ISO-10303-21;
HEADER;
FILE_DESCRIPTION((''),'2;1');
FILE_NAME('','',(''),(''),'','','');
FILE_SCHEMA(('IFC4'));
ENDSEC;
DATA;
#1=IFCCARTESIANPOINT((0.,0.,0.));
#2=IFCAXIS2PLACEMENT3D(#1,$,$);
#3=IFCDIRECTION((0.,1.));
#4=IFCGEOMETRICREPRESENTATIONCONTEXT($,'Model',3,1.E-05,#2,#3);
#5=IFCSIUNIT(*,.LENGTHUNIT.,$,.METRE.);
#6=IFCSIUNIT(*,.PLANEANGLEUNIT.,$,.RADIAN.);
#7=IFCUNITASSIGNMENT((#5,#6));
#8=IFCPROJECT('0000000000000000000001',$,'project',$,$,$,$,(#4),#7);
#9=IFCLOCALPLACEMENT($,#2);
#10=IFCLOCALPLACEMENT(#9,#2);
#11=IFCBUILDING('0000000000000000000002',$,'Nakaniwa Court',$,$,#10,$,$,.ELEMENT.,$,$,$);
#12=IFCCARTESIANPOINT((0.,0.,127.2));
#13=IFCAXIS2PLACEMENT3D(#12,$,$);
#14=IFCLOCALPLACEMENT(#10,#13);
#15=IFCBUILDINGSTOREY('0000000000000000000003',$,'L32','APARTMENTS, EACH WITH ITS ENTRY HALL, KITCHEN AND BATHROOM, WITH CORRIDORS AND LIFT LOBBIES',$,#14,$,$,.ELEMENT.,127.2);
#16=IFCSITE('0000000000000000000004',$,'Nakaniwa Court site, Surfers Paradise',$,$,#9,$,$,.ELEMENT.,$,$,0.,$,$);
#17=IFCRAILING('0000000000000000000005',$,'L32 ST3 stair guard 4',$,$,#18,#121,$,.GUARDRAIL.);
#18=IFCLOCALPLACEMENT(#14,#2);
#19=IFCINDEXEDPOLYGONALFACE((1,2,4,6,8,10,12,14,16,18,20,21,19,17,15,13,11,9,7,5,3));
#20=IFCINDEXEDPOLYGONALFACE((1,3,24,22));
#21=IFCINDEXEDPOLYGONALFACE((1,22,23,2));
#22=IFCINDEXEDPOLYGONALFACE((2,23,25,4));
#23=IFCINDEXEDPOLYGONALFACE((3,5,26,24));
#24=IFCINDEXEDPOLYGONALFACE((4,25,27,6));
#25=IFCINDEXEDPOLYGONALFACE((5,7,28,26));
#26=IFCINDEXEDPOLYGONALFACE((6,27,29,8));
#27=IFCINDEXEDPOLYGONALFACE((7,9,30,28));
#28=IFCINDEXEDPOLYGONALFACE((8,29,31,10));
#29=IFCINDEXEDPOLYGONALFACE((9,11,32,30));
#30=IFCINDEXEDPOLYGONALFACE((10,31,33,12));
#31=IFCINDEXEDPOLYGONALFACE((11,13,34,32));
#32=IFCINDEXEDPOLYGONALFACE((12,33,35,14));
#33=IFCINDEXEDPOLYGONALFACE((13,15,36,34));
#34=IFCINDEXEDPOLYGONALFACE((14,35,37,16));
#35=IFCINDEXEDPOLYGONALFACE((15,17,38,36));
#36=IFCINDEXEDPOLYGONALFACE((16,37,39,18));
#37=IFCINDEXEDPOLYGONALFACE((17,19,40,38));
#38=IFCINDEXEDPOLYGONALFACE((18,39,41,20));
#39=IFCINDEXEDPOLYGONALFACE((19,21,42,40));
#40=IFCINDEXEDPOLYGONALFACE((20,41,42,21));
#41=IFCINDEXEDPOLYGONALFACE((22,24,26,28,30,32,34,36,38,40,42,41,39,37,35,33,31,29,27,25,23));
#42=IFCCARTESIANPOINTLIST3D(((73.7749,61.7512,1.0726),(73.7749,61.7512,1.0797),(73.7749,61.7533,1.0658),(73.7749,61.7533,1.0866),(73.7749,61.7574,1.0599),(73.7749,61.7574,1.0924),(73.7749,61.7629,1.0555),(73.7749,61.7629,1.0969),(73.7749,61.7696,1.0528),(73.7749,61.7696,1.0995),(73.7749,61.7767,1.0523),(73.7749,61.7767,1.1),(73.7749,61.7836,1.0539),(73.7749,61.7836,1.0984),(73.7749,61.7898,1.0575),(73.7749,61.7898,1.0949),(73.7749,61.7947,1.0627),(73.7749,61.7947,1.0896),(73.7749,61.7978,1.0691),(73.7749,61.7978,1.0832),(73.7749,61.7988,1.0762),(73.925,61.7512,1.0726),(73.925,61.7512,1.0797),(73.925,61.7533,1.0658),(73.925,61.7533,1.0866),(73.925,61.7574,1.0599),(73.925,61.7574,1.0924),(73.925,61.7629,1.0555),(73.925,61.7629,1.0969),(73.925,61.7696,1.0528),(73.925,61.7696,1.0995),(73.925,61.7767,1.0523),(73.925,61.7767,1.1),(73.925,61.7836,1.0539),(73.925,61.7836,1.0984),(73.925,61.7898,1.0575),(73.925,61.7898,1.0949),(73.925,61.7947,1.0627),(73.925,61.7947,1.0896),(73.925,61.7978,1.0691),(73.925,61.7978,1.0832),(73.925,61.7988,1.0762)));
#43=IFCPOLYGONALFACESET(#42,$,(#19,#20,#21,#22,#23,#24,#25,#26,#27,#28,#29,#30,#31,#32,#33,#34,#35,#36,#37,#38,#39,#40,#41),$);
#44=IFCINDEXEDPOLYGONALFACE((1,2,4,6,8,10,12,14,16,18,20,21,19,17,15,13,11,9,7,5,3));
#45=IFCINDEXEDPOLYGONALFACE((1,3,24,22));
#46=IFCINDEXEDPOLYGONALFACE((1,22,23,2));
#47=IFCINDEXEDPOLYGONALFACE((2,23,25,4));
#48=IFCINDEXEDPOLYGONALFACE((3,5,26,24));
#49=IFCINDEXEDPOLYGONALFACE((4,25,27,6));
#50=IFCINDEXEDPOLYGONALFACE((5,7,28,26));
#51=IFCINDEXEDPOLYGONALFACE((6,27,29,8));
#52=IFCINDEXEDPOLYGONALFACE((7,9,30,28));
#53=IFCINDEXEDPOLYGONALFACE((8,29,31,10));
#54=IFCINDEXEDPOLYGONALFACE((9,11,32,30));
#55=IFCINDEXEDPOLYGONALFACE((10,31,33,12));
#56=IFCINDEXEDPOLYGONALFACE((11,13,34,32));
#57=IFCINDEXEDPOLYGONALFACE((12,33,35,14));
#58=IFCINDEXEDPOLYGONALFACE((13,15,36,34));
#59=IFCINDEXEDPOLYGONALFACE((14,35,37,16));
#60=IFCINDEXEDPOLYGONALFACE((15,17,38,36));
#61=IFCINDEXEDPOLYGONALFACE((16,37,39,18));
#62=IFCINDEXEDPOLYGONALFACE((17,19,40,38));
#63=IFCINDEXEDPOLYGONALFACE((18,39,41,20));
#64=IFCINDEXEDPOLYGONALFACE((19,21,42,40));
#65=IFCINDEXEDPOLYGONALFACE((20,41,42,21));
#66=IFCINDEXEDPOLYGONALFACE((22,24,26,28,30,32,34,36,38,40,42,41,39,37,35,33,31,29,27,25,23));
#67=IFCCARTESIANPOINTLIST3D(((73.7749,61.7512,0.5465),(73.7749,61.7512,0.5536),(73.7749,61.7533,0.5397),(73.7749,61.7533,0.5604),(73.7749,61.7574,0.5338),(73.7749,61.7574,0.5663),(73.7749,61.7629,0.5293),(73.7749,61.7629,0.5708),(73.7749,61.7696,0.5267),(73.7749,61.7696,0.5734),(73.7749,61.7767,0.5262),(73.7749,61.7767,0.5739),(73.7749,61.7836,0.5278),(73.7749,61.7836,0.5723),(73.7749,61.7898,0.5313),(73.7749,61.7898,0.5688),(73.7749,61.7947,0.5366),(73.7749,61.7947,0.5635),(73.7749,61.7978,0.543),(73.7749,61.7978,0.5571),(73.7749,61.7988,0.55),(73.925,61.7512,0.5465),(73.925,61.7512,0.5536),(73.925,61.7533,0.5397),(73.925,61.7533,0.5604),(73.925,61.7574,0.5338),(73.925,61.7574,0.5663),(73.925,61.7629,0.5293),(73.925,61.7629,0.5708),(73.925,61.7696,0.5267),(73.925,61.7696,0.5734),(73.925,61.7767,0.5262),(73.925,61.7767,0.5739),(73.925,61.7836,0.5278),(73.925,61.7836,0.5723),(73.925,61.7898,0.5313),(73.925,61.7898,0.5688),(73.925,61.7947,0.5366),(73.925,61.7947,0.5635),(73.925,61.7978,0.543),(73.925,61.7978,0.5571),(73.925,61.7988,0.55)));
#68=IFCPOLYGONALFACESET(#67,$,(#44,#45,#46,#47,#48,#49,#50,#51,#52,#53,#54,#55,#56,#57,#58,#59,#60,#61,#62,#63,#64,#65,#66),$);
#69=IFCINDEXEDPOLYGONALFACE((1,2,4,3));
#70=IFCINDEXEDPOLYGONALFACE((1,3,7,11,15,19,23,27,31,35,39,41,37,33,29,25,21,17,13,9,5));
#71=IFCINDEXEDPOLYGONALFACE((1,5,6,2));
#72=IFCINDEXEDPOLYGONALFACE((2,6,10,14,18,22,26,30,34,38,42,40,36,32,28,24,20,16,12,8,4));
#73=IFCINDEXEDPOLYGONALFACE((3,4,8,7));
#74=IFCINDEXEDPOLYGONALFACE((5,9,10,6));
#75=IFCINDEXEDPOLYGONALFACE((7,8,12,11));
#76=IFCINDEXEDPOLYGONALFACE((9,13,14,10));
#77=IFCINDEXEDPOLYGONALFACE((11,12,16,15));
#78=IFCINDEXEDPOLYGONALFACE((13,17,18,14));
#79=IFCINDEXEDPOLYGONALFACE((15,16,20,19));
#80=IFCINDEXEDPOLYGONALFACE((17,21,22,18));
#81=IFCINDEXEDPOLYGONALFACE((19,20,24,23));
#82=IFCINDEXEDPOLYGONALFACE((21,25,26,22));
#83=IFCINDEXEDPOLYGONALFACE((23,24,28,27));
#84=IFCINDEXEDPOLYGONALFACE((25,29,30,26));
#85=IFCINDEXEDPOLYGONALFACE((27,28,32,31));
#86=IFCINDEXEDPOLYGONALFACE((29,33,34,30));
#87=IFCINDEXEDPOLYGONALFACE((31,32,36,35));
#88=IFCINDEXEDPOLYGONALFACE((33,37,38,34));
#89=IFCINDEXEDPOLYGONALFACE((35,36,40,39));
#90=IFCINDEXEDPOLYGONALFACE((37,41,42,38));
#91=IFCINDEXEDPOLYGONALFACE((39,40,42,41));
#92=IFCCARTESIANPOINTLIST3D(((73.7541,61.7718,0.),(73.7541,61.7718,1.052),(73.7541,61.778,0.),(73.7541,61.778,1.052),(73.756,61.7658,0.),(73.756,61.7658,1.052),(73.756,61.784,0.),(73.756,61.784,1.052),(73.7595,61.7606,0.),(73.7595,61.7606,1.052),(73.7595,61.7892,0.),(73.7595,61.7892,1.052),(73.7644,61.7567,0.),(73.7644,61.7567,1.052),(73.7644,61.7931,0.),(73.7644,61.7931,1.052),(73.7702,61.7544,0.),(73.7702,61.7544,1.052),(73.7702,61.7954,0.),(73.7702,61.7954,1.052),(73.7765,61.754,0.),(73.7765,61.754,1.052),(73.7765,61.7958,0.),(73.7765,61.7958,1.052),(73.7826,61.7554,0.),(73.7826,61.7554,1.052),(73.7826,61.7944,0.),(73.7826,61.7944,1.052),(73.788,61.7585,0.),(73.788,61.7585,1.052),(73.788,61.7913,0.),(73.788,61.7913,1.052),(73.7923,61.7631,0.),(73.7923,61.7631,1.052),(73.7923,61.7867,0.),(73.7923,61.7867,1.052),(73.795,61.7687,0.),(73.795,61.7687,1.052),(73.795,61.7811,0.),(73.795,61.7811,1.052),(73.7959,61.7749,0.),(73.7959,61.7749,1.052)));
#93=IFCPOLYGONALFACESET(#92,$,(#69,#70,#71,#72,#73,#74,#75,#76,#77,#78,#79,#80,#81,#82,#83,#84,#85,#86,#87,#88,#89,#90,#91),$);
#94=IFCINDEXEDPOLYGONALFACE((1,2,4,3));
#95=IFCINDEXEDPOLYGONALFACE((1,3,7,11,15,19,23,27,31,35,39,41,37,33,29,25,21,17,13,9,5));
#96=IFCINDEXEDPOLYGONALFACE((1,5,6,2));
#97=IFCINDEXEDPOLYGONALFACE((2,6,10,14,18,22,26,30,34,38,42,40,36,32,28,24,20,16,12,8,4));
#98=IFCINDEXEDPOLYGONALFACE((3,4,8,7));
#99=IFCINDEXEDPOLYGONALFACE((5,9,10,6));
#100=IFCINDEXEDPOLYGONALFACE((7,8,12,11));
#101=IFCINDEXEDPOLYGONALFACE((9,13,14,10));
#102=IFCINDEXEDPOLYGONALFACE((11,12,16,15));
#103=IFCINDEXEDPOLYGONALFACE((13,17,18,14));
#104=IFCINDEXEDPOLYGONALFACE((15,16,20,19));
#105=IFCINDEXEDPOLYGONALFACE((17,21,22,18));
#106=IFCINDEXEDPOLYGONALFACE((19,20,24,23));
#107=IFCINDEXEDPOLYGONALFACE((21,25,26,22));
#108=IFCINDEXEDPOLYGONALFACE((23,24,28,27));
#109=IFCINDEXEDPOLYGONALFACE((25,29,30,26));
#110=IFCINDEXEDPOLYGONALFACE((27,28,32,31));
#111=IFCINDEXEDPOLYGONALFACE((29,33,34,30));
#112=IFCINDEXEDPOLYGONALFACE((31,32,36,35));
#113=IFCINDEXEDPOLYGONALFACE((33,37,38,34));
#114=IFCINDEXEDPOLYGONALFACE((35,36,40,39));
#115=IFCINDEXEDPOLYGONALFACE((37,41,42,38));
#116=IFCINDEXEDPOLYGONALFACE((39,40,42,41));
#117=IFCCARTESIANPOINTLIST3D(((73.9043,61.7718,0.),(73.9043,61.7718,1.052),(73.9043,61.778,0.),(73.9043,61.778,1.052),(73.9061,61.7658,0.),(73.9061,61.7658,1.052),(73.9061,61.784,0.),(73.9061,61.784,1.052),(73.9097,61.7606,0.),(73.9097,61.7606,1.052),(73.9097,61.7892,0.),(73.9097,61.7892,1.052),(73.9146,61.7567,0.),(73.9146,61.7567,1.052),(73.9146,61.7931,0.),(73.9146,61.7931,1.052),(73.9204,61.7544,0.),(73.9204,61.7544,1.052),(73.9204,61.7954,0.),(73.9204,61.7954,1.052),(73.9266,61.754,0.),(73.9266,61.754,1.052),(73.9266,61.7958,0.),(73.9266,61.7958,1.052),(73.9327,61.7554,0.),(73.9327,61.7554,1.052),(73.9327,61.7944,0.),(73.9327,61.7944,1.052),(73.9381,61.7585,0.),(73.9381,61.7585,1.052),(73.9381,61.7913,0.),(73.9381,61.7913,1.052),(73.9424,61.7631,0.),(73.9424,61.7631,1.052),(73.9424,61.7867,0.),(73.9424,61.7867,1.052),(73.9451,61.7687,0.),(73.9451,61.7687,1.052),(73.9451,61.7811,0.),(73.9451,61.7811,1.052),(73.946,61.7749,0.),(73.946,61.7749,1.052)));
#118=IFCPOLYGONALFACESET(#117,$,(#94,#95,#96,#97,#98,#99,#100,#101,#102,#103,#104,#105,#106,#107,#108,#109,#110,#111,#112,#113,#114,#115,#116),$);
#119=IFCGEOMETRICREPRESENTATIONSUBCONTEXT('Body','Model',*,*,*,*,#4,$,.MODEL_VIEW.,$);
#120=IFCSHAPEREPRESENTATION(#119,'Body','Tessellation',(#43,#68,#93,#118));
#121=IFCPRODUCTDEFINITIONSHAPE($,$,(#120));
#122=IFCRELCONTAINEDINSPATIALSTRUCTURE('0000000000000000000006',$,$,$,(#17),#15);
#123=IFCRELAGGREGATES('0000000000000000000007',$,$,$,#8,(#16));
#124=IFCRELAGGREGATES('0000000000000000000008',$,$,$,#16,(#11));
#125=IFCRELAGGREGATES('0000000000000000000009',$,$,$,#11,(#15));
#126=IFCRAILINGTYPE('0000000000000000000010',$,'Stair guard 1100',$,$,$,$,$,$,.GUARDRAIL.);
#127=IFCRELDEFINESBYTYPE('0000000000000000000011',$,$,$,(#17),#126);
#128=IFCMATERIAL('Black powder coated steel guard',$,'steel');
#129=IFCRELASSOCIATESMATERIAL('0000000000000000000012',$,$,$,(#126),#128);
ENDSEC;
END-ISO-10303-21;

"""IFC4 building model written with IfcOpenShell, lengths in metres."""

from ifc_helpers import new_model, si_unit, direction, frame, origin, origin_2d, place, context, subcontext, project, spatial, circle, extrude, material, type_object, element, save


model = new_model("IFC4")

# Units and contexts
model_context = context("Model", 3, precision=1e-05, world=origin(), true_north=direction((0.0, 1.0)))
body_context = subcontext(model_context, "Body", "Model", "MODEL_VIEW")
ifc_project = project(units=[si_unit("LENGTHUNIT", "METRE"), si_unit("PLANEANGLEUNIT", "RADIAN")], contexts=[model_context])

# Site, building, storey
site_placement = place(None, origin())
site = spatial("IfcSite", under=ifc_project, at=site_placement, Name="Nakaniwa Court site, Surfers Paradise", CompositionType="ELEMENT", RefElevation=0.0)
building_placement = place(site_placement, origin())
building = spatial("IfcBuilding", under=site, at=building_placement, Name="Nakaniwa Court", CompositionType="ELEMENT")
storey_placement = place(building_placement, frame((0.0, 0.0, 127.2)))
storey = spatial("IfcBuildingStorey", under=building, at=storey_placement, Name="L32", Description="APARTMENTS, EACH WITH ITS ENTRY HALL, KITCHEN AND BATHROOM, WITH CORRIDORS AND LIFT LOBBIES", CompositionType="ELEMENT", Elevation=127.2)

# Railing
ifc_material_1 = material(Name="Black powder coated steel guard", Category="steel")
railing_type_1 = type_object("IfcRailingType", Name="Stair guard 1100", PredefinedType="GUARDRAIL", material=ifc_material_1)
railing_1_placement = place(storey_placement, frame((73.7749, 61.7749, 0.0)))
element("IfcRailing", 1, at=railing_1_placement, inside=storey, type_object=railing_type_1, Name="L32 ST3 stair guard 4", PredefinedType="GUARDRAIL", context=body_context, shape_type="SweptSolid", body=[
    extrude(circle(Radius=0.0239, at=origin_2d()), frame((0.0, 0.0, 1.0762), z_axis=(1.0, 0.0, 0.0), x_axis=(0.0, 1.0, 0.0)), (0.0, 0.0, 1.0), 0.1501),
    extrude(circle(Radius=0.0239, at=origin_2d()), frame((0.0, 0.0, 0.55), z_axis=(1.0, 0.0, 0.0), x_axis=(0.0, 1.0, 0.0)), (0.0, 0.0, 1.0), 0.1501),
    extrude(circle(Radius=0.021, at=origin_2d()), origin(), (0.0, 0.0, 1.0), 1.052),
    extrude(circle(Radius=0.021, at=origin_2d()), frame((0.1501, 0.0, 0.0)), (0.0, 0.0, 1.0), 1.052),
])

save(model, "model.ifc")
